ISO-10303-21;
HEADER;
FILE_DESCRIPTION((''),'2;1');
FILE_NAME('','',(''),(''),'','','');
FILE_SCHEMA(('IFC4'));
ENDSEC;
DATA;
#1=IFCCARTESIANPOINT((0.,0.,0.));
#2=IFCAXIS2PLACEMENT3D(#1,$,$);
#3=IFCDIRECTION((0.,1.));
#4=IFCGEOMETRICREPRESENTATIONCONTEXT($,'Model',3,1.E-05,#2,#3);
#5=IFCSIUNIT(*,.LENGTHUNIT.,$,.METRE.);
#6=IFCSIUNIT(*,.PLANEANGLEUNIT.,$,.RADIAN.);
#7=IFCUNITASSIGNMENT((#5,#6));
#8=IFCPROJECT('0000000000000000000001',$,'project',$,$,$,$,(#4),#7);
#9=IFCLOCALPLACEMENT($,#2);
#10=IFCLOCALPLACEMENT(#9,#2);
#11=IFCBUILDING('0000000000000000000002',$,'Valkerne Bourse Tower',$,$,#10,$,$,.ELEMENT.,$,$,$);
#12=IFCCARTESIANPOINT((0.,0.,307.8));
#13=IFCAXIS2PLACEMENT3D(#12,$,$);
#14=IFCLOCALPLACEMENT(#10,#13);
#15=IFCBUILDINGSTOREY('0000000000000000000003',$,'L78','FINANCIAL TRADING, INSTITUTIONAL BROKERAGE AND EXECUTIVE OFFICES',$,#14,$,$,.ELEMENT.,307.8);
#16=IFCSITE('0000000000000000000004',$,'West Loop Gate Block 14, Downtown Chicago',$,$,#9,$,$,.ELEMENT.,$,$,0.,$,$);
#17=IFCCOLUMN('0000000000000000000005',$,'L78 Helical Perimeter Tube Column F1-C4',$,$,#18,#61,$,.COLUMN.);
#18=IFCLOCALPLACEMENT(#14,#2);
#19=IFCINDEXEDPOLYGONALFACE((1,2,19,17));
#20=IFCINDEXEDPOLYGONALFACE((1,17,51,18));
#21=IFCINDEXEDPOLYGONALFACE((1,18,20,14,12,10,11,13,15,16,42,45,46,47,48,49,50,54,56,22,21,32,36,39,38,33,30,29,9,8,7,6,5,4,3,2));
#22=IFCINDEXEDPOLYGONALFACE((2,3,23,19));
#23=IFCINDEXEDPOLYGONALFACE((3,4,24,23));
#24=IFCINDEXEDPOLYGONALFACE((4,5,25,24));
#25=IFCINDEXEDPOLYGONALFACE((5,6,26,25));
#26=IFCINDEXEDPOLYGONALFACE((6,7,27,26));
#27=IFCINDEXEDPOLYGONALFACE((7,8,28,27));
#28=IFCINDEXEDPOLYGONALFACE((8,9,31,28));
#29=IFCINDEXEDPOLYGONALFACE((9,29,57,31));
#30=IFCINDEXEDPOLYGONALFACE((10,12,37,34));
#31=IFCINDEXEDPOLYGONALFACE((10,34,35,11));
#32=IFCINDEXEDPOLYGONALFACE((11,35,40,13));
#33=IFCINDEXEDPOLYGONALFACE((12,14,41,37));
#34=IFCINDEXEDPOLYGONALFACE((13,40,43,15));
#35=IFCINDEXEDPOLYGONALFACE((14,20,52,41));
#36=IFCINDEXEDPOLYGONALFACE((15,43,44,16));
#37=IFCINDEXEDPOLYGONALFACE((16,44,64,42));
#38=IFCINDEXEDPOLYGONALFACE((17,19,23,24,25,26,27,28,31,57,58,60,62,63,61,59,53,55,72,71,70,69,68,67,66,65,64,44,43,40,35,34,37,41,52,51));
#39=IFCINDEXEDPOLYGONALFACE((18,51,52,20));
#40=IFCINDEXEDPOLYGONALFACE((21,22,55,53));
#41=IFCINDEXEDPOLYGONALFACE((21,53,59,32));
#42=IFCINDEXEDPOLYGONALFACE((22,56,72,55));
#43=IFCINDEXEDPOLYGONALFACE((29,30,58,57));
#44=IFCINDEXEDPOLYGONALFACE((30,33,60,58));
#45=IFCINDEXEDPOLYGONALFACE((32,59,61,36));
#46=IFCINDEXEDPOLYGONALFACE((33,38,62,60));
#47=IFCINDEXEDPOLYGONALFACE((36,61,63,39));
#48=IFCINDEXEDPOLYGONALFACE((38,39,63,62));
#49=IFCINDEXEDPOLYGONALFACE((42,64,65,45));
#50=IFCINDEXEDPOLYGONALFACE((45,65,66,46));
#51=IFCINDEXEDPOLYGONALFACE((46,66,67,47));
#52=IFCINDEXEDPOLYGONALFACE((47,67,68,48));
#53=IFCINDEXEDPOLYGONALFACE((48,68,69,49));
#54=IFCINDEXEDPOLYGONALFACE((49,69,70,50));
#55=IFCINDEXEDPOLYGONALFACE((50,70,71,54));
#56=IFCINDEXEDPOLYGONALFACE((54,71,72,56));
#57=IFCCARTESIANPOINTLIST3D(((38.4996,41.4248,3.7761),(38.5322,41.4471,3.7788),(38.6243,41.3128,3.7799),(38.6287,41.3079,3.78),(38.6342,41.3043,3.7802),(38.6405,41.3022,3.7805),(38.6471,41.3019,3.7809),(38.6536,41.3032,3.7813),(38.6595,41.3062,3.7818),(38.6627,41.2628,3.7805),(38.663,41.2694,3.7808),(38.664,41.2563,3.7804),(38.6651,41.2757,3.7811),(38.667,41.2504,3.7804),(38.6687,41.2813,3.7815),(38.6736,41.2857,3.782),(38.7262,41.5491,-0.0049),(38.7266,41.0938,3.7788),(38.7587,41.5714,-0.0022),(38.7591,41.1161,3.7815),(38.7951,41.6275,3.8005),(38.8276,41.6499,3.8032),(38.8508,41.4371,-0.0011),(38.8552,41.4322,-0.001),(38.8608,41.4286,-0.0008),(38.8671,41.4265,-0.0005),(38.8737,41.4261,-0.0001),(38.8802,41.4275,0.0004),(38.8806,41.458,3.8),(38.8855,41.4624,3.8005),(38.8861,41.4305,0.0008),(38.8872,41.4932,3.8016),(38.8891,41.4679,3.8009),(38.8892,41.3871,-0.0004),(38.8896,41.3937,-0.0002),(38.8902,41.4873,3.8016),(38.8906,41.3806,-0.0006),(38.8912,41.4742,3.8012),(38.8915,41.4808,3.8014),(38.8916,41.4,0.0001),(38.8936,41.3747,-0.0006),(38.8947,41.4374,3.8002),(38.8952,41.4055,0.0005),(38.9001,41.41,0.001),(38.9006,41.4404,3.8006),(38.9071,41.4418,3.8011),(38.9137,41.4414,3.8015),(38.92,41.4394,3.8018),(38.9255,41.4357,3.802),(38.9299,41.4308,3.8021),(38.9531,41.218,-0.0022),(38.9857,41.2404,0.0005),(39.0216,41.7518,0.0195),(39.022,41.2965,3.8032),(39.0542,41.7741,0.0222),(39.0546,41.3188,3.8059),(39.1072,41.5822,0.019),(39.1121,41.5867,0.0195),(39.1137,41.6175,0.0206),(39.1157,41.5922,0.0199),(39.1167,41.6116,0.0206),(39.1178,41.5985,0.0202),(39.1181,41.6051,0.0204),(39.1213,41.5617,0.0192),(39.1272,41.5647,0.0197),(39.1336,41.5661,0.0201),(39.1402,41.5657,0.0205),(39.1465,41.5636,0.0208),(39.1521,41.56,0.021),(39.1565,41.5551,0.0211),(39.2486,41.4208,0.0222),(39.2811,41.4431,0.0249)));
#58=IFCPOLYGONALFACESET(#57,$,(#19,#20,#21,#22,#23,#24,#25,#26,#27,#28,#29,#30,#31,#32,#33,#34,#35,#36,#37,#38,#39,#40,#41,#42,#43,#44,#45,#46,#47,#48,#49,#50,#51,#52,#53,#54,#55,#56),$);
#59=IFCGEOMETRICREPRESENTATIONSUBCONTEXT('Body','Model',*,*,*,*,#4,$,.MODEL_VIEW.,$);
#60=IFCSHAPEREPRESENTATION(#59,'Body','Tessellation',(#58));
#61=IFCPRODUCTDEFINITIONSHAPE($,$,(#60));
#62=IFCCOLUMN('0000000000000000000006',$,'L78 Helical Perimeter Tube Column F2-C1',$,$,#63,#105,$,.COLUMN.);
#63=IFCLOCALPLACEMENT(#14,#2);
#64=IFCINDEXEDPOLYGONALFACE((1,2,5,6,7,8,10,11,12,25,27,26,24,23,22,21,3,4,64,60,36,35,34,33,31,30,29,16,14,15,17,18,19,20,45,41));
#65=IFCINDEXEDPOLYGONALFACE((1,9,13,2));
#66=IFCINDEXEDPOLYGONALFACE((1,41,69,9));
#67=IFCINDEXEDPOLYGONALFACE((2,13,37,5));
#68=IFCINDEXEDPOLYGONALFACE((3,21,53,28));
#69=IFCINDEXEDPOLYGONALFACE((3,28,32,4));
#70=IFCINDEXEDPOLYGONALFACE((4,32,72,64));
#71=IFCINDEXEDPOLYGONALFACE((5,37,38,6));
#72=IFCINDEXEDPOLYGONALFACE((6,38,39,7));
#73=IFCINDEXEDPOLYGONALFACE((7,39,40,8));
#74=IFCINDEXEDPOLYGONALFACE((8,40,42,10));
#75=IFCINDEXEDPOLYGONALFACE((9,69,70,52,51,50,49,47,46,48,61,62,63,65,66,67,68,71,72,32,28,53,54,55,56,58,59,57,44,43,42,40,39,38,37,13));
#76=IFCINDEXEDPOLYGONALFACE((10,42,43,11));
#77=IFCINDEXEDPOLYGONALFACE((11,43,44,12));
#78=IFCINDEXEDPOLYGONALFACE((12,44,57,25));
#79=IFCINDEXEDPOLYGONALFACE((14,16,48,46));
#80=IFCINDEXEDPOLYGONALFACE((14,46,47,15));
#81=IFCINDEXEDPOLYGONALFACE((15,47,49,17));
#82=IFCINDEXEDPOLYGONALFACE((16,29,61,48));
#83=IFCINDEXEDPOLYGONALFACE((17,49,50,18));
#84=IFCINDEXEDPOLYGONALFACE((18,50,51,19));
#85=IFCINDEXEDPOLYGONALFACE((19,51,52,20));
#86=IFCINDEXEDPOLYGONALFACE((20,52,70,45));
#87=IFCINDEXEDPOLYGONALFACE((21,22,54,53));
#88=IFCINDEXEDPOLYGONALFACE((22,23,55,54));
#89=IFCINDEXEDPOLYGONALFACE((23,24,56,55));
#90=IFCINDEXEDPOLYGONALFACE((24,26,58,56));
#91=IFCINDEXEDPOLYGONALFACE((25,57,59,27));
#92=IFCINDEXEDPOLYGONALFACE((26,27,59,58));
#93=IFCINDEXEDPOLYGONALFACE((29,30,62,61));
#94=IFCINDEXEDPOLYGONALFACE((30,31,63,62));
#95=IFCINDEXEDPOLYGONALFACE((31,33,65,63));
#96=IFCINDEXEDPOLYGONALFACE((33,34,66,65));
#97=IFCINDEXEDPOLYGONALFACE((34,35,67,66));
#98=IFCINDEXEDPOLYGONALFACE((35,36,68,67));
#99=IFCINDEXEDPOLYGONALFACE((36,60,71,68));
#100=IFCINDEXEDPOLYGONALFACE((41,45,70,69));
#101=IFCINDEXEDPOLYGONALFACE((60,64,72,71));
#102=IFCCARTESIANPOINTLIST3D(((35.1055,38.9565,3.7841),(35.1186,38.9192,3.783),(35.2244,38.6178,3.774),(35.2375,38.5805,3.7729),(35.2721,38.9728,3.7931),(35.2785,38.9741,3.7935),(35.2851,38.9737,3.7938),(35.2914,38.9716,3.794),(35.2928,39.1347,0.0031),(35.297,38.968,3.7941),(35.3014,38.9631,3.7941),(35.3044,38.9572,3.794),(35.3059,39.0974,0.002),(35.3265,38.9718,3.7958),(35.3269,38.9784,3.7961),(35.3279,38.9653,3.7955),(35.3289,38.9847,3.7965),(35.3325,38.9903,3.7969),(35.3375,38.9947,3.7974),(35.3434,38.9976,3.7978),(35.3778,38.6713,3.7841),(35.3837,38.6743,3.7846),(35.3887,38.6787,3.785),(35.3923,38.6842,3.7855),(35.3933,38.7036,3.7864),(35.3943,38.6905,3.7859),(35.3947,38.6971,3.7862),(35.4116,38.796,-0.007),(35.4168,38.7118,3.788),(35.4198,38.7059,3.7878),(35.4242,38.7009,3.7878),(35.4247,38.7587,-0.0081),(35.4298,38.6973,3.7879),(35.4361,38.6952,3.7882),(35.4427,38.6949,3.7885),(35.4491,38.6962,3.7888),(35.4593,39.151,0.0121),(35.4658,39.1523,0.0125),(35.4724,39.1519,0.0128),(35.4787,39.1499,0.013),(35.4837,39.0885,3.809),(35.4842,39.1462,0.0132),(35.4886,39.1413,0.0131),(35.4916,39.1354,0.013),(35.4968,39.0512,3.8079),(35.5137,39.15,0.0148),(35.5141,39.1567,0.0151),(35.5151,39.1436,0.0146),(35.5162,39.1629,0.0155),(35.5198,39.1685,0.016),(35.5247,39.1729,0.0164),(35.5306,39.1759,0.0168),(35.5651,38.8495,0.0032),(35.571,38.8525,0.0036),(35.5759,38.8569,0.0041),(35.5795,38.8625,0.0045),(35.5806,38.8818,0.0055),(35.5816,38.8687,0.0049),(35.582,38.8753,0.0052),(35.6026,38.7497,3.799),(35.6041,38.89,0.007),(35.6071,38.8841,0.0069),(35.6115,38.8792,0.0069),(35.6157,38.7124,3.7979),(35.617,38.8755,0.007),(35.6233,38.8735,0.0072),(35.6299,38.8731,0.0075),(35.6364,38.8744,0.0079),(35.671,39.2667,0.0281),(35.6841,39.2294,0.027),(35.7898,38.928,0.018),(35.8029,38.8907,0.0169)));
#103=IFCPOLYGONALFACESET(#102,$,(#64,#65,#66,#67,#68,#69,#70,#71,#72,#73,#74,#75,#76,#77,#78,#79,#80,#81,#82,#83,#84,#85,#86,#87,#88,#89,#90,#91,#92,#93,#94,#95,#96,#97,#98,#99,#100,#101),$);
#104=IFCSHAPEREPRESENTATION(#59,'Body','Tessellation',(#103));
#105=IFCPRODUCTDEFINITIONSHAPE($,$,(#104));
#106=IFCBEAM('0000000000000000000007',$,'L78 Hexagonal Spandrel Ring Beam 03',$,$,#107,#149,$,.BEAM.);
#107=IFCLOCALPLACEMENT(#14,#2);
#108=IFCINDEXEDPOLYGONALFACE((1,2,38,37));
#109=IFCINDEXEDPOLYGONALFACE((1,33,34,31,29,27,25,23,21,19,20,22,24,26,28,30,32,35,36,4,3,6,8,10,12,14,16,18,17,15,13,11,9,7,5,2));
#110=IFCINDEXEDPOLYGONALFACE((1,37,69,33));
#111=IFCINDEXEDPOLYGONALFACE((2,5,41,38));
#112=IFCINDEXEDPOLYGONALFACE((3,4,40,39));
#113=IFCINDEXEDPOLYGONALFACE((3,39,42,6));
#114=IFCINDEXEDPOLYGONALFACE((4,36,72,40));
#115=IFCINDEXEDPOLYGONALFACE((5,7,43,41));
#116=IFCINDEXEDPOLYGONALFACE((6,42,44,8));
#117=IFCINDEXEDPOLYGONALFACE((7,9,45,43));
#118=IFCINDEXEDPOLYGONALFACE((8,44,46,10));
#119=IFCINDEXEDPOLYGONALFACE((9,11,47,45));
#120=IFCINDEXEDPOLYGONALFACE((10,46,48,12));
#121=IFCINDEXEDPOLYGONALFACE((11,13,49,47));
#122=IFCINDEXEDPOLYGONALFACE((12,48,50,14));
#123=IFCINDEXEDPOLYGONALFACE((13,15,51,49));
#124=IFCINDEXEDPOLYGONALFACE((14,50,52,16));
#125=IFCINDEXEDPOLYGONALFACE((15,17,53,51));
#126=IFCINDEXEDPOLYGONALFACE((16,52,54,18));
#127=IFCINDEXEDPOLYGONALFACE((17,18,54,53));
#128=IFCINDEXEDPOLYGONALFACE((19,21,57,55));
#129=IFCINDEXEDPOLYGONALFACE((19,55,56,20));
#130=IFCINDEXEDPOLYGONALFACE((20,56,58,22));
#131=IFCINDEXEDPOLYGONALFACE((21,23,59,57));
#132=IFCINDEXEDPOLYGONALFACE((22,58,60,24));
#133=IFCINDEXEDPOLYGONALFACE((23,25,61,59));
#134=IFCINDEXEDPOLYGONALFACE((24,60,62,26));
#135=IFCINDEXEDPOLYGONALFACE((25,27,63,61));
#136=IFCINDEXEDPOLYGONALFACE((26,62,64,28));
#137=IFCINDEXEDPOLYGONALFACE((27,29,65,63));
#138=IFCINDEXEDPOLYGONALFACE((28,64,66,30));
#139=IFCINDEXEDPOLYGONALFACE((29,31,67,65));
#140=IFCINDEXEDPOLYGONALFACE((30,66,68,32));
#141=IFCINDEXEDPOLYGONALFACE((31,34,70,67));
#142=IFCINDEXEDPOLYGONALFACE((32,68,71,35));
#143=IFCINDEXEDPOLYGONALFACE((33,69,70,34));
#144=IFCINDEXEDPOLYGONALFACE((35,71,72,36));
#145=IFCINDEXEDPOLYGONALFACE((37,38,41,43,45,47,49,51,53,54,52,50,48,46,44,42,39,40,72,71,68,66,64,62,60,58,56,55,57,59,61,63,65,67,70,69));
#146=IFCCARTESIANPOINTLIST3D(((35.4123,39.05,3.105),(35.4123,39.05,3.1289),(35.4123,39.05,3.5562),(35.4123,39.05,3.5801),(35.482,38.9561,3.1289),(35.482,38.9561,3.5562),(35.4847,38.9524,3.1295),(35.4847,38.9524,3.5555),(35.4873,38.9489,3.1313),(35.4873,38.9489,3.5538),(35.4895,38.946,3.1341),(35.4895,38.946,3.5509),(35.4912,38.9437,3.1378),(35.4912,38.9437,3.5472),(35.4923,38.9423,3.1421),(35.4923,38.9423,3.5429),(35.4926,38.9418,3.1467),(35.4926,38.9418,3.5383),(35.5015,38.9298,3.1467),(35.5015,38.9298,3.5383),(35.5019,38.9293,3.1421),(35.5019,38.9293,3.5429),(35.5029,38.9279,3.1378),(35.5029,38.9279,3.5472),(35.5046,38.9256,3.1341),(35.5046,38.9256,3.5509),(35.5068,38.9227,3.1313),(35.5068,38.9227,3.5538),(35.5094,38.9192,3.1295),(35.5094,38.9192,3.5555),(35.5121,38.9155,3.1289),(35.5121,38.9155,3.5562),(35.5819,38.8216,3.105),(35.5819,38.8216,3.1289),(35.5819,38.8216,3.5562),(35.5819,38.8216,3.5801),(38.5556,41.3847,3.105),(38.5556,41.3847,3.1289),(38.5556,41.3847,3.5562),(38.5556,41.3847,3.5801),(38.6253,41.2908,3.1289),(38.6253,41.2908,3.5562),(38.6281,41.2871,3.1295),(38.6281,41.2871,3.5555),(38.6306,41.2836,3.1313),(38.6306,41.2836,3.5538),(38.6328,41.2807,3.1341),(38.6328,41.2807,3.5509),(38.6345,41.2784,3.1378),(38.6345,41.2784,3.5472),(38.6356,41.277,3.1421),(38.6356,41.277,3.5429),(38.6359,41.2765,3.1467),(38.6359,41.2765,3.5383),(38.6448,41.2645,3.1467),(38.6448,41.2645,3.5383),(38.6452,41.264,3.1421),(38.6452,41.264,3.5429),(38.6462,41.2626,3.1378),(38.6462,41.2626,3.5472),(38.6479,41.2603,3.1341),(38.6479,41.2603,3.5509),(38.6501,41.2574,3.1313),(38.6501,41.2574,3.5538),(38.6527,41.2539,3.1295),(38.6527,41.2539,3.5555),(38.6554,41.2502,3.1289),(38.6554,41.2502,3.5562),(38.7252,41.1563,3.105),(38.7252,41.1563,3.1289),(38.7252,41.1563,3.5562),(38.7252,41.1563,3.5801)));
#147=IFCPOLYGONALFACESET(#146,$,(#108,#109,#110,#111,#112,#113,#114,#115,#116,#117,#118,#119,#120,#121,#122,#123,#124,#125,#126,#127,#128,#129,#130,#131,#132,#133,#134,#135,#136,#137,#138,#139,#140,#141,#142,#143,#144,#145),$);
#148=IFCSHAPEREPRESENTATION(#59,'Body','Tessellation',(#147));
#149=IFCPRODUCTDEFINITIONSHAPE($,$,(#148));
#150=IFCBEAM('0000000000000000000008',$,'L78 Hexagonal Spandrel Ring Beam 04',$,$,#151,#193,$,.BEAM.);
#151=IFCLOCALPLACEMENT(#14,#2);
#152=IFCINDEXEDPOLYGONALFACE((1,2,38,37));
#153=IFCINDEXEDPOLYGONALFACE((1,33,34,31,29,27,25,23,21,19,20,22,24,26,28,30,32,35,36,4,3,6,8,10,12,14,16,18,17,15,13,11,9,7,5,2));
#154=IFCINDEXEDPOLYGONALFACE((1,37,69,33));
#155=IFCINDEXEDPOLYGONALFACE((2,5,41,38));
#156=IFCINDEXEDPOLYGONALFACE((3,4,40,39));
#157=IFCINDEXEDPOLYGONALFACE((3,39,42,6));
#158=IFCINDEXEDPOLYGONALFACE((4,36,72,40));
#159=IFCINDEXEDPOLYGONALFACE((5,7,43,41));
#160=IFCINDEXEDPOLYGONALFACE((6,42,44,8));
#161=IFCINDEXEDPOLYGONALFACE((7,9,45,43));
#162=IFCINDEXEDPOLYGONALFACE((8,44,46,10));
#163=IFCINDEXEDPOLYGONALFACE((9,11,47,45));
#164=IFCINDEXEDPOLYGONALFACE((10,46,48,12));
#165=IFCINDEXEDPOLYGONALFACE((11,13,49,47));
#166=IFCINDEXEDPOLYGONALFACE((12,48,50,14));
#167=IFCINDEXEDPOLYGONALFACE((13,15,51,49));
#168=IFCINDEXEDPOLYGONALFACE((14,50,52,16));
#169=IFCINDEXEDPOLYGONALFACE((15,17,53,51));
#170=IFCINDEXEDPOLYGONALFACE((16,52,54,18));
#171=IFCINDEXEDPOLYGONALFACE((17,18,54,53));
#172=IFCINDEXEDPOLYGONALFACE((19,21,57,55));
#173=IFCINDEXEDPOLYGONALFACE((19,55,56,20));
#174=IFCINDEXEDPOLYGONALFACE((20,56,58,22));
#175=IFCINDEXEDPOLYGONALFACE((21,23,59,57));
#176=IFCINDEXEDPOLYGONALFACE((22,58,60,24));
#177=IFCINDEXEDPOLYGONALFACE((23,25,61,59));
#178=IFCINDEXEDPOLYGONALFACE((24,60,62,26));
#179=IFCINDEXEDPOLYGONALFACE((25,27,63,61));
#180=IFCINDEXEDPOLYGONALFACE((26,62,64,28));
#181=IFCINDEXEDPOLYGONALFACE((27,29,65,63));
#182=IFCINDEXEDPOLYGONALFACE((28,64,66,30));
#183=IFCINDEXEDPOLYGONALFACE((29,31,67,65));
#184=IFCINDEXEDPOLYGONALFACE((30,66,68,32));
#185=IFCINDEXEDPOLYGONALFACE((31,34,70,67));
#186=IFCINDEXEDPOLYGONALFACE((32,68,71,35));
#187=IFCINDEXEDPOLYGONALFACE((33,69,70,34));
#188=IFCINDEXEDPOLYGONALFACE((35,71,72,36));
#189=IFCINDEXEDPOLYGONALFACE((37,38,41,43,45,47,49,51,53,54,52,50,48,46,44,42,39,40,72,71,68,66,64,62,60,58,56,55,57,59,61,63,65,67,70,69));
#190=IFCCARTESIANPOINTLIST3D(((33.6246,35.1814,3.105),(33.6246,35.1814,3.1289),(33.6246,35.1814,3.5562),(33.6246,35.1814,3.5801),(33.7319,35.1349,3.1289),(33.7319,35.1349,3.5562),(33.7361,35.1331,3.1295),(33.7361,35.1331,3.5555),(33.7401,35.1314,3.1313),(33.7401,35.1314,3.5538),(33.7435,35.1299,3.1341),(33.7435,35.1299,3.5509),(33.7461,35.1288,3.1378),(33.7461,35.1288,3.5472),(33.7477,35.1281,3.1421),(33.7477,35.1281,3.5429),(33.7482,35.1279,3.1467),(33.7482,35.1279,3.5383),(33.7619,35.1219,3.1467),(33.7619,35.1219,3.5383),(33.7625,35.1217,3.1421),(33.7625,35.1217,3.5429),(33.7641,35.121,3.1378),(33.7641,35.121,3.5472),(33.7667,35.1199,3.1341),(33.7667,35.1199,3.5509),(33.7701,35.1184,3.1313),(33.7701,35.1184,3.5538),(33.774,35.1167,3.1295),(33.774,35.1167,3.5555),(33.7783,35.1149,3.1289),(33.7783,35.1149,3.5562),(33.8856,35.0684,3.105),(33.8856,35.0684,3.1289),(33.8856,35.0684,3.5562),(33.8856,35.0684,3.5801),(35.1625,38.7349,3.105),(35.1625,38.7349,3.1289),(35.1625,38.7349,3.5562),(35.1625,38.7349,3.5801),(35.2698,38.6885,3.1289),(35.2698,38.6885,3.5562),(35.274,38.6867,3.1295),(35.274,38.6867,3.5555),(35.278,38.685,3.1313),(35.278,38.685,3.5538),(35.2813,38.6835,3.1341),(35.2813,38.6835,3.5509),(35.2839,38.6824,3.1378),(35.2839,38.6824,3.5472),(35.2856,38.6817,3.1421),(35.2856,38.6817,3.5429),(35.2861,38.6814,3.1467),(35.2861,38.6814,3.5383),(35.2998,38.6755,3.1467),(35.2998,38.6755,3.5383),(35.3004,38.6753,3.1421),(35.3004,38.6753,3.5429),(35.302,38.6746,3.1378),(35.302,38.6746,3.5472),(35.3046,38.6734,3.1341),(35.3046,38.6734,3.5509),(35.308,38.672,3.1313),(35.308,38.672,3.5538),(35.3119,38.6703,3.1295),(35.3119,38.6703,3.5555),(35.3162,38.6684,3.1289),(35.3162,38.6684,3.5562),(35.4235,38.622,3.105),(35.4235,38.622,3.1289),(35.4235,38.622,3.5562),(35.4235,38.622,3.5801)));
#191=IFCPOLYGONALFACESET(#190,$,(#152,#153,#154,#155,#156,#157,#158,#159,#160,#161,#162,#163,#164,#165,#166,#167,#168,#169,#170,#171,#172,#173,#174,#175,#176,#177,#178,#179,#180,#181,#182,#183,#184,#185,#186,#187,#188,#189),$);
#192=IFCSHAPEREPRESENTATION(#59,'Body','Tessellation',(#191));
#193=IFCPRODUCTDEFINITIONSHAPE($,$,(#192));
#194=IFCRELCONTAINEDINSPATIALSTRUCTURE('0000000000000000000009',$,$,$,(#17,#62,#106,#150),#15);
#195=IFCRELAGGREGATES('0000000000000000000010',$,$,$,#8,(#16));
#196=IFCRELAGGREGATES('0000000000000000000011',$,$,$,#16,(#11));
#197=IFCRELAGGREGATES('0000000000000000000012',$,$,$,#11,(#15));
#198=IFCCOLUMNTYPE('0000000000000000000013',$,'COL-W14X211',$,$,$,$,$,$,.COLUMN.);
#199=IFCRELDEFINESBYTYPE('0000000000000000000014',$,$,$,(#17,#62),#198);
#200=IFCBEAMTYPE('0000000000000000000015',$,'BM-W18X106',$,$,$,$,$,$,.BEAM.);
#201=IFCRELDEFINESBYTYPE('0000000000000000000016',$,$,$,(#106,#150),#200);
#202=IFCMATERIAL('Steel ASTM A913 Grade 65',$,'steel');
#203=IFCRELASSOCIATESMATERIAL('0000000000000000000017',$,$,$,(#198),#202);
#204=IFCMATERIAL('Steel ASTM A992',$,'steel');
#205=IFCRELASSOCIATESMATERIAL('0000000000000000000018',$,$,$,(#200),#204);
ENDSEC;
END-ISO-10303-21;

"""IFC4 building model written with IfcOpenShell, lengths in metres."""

from ifc_helpers import new_model, si_unit, direction, frame, origin, origin_2d, place, context, subcontext, project, spatial, i_section, extrude, material, material_profile, profile_set, type_object, element, save


model = new_model("IFC4")

# Units and contexts
model_context = context("Model", 3, precision=1e-05, world=origin(), true_north=direction((0.0, 1.0)))
body_context = subcontext(model_context, "Body", "Model", "MODEL_VIEW")
ifc_project = project(units=[si_unit("LENGTHUNIT", "METRE"), si_unit("PLANEANGLEUNIT", "RADIAN")], contexts=[model_context])

# Site, building, storey
site_placement = place(None, origin())
site = spatial("IfcSite", under=ifc_project, at=site_placement, Name="West Loop Gate Block 14, Downtown Chicago", CompositionType="ELEMENT", RefElevation=0.0)
building_placement = place(site_placement, origin())
building = spatial("IfcBuilding", under=site, at=building_placement, Name="Valkerne Bourse Tower", CompositionType="ELEMENT")
storey_placement = place(building_placement, frame((0.0, 0.0, 307.8)))
storey = spatial("IfcBuildingStorey", under=building, at=storey_placement, Name="L78", Description="FINANCIAL TRADING, INSTITUTIONAL BROKERAGE AND EXECUTIVE OFFICES", CompositionType="ELEMENT", Elevation=307.8)

# Columns
ifc_material_1 = material(Name="Steel ASTM A913 Grade 65", Category="steel")
ifc_material_profile_1 = material_profile(ifc_material_1, i_section(OverallWidth=0.4014, OverallDepth=0.3987, WebThickness=0.0249, FlangeThickness=0.0396, FilletRadius=0.0254, at=origin_2d()), Name="W14X211")
ifc_profile_set_1 = profile_set([ifc_material_profile_1], Name="Steel ASTM A913 Grade 65")
column_type = type_object("IfcColumnType", Name="COL-W14X211", PredefinedType="COLUMN", material=ifc_profile_set_1)
for number, where, z_axis, x_axis, name in (
    (1, (39.0037, 41.4961, 0.01), (-0.059782, -0.03279, 0.997673), (-0.565403, 0.824787, -0.006772), "L78 Helical Perimeter Tube Column F1-C4"),
    (2, (35.5479, 39.0127, 0.01), (-0.04941, -0.047027, 0.997671), (-0.942355, -0.32879, -0.062168), "L78 Helical Perimeter Tube Column F2-C1"),
):
    element("IfcColumn", number, at=place(storey_placement, frame(where, z_axis=z_axis, x_axis=x_axis)), inside=storey, type_object=column_type, Name=name, PredefinedType="COLUMN", context=body_context, shape_type="SweptSolid", body=[
        extrude(i_section(OverallWidth=0.4014, OverallDepth=0.3987, WebThickness=0.0249, FlangeThickness=0.0396, FilletRadius=0.0254, at=origin_2d()), origin(), (0.0, 0.0, 1.0), 3.7898),
    ])

# Beams
ifc_material_2 = material(Name="Steel ASTM A992", Category="steel")
ifc_material_profile_2 = material_profile(ifc_material_2, i_section(OverallWidth=0.2844, OverallDepth=0.4751, WebThickness=0.0149, FlangeThickness=0.0239, FilletRadius=0.0178, at=origin_2d()), Name="W18X106")
ifc_profile_set_2 = profile_set([ifc_material_profile_2], Name="Steel ASTM A992")
beam_type_1 = type_object("IfcBeamType", Name="BM-W18X106", PredefinedType="BEAM", material=ifc_profile_set_2)
beam_1_placement = place(storey_placement, frame((38.6404, 41.2705, 3.3425), z_axis=(-0.802782, -0.596272, 0.0), x_axis=(0.596272, -0.802782, 0.0)))
element("IfcBeam", 3, at=beam_1_placement, inside=storey, type_object=beam_type_1, Name="L78 Hexagonal Spandrel Ring Beam 03", PredefinedType="BEAM", context=body_context, shape_type="SweptSolid", body=[
    extrude(i_section(OverallWidth=0.2844, OverallDepth=0.4751, WebThickness=0.0149, FlangeThickness=0.0239, FilletRadius=0.0178, at=origin_2d()), origin(), (0.0, 0.0, 1.0), 3.9155),
])
beam_2_placement = place(storey_placement, frame((35.293, 38.6785, 3.3425), z_axis=(-0.397174, -0.917743, 0.0), x_axis=(0.917743, -0.397174, 0.0)))
element("IfcBeam", 4, at=beam_2_placement, inside=storey, type_object=beam_type_1, Name="L78 Hexagonal Spandrel Ring Beam 04", PredefinedType="BEAM", context=body_context, shape_type="SweptSolid", body=[
    extrude(i_section(OverallWidth=0.2844, OverallDepth=0.4751, WebThickness=0.0149, FlangeThickness=0.0239, FilletRadius=0.0178, at=origin_2d()), origin(), (0.0, 0.0, 1.0), 3.8721),
])

save(model, "model.ifc")
